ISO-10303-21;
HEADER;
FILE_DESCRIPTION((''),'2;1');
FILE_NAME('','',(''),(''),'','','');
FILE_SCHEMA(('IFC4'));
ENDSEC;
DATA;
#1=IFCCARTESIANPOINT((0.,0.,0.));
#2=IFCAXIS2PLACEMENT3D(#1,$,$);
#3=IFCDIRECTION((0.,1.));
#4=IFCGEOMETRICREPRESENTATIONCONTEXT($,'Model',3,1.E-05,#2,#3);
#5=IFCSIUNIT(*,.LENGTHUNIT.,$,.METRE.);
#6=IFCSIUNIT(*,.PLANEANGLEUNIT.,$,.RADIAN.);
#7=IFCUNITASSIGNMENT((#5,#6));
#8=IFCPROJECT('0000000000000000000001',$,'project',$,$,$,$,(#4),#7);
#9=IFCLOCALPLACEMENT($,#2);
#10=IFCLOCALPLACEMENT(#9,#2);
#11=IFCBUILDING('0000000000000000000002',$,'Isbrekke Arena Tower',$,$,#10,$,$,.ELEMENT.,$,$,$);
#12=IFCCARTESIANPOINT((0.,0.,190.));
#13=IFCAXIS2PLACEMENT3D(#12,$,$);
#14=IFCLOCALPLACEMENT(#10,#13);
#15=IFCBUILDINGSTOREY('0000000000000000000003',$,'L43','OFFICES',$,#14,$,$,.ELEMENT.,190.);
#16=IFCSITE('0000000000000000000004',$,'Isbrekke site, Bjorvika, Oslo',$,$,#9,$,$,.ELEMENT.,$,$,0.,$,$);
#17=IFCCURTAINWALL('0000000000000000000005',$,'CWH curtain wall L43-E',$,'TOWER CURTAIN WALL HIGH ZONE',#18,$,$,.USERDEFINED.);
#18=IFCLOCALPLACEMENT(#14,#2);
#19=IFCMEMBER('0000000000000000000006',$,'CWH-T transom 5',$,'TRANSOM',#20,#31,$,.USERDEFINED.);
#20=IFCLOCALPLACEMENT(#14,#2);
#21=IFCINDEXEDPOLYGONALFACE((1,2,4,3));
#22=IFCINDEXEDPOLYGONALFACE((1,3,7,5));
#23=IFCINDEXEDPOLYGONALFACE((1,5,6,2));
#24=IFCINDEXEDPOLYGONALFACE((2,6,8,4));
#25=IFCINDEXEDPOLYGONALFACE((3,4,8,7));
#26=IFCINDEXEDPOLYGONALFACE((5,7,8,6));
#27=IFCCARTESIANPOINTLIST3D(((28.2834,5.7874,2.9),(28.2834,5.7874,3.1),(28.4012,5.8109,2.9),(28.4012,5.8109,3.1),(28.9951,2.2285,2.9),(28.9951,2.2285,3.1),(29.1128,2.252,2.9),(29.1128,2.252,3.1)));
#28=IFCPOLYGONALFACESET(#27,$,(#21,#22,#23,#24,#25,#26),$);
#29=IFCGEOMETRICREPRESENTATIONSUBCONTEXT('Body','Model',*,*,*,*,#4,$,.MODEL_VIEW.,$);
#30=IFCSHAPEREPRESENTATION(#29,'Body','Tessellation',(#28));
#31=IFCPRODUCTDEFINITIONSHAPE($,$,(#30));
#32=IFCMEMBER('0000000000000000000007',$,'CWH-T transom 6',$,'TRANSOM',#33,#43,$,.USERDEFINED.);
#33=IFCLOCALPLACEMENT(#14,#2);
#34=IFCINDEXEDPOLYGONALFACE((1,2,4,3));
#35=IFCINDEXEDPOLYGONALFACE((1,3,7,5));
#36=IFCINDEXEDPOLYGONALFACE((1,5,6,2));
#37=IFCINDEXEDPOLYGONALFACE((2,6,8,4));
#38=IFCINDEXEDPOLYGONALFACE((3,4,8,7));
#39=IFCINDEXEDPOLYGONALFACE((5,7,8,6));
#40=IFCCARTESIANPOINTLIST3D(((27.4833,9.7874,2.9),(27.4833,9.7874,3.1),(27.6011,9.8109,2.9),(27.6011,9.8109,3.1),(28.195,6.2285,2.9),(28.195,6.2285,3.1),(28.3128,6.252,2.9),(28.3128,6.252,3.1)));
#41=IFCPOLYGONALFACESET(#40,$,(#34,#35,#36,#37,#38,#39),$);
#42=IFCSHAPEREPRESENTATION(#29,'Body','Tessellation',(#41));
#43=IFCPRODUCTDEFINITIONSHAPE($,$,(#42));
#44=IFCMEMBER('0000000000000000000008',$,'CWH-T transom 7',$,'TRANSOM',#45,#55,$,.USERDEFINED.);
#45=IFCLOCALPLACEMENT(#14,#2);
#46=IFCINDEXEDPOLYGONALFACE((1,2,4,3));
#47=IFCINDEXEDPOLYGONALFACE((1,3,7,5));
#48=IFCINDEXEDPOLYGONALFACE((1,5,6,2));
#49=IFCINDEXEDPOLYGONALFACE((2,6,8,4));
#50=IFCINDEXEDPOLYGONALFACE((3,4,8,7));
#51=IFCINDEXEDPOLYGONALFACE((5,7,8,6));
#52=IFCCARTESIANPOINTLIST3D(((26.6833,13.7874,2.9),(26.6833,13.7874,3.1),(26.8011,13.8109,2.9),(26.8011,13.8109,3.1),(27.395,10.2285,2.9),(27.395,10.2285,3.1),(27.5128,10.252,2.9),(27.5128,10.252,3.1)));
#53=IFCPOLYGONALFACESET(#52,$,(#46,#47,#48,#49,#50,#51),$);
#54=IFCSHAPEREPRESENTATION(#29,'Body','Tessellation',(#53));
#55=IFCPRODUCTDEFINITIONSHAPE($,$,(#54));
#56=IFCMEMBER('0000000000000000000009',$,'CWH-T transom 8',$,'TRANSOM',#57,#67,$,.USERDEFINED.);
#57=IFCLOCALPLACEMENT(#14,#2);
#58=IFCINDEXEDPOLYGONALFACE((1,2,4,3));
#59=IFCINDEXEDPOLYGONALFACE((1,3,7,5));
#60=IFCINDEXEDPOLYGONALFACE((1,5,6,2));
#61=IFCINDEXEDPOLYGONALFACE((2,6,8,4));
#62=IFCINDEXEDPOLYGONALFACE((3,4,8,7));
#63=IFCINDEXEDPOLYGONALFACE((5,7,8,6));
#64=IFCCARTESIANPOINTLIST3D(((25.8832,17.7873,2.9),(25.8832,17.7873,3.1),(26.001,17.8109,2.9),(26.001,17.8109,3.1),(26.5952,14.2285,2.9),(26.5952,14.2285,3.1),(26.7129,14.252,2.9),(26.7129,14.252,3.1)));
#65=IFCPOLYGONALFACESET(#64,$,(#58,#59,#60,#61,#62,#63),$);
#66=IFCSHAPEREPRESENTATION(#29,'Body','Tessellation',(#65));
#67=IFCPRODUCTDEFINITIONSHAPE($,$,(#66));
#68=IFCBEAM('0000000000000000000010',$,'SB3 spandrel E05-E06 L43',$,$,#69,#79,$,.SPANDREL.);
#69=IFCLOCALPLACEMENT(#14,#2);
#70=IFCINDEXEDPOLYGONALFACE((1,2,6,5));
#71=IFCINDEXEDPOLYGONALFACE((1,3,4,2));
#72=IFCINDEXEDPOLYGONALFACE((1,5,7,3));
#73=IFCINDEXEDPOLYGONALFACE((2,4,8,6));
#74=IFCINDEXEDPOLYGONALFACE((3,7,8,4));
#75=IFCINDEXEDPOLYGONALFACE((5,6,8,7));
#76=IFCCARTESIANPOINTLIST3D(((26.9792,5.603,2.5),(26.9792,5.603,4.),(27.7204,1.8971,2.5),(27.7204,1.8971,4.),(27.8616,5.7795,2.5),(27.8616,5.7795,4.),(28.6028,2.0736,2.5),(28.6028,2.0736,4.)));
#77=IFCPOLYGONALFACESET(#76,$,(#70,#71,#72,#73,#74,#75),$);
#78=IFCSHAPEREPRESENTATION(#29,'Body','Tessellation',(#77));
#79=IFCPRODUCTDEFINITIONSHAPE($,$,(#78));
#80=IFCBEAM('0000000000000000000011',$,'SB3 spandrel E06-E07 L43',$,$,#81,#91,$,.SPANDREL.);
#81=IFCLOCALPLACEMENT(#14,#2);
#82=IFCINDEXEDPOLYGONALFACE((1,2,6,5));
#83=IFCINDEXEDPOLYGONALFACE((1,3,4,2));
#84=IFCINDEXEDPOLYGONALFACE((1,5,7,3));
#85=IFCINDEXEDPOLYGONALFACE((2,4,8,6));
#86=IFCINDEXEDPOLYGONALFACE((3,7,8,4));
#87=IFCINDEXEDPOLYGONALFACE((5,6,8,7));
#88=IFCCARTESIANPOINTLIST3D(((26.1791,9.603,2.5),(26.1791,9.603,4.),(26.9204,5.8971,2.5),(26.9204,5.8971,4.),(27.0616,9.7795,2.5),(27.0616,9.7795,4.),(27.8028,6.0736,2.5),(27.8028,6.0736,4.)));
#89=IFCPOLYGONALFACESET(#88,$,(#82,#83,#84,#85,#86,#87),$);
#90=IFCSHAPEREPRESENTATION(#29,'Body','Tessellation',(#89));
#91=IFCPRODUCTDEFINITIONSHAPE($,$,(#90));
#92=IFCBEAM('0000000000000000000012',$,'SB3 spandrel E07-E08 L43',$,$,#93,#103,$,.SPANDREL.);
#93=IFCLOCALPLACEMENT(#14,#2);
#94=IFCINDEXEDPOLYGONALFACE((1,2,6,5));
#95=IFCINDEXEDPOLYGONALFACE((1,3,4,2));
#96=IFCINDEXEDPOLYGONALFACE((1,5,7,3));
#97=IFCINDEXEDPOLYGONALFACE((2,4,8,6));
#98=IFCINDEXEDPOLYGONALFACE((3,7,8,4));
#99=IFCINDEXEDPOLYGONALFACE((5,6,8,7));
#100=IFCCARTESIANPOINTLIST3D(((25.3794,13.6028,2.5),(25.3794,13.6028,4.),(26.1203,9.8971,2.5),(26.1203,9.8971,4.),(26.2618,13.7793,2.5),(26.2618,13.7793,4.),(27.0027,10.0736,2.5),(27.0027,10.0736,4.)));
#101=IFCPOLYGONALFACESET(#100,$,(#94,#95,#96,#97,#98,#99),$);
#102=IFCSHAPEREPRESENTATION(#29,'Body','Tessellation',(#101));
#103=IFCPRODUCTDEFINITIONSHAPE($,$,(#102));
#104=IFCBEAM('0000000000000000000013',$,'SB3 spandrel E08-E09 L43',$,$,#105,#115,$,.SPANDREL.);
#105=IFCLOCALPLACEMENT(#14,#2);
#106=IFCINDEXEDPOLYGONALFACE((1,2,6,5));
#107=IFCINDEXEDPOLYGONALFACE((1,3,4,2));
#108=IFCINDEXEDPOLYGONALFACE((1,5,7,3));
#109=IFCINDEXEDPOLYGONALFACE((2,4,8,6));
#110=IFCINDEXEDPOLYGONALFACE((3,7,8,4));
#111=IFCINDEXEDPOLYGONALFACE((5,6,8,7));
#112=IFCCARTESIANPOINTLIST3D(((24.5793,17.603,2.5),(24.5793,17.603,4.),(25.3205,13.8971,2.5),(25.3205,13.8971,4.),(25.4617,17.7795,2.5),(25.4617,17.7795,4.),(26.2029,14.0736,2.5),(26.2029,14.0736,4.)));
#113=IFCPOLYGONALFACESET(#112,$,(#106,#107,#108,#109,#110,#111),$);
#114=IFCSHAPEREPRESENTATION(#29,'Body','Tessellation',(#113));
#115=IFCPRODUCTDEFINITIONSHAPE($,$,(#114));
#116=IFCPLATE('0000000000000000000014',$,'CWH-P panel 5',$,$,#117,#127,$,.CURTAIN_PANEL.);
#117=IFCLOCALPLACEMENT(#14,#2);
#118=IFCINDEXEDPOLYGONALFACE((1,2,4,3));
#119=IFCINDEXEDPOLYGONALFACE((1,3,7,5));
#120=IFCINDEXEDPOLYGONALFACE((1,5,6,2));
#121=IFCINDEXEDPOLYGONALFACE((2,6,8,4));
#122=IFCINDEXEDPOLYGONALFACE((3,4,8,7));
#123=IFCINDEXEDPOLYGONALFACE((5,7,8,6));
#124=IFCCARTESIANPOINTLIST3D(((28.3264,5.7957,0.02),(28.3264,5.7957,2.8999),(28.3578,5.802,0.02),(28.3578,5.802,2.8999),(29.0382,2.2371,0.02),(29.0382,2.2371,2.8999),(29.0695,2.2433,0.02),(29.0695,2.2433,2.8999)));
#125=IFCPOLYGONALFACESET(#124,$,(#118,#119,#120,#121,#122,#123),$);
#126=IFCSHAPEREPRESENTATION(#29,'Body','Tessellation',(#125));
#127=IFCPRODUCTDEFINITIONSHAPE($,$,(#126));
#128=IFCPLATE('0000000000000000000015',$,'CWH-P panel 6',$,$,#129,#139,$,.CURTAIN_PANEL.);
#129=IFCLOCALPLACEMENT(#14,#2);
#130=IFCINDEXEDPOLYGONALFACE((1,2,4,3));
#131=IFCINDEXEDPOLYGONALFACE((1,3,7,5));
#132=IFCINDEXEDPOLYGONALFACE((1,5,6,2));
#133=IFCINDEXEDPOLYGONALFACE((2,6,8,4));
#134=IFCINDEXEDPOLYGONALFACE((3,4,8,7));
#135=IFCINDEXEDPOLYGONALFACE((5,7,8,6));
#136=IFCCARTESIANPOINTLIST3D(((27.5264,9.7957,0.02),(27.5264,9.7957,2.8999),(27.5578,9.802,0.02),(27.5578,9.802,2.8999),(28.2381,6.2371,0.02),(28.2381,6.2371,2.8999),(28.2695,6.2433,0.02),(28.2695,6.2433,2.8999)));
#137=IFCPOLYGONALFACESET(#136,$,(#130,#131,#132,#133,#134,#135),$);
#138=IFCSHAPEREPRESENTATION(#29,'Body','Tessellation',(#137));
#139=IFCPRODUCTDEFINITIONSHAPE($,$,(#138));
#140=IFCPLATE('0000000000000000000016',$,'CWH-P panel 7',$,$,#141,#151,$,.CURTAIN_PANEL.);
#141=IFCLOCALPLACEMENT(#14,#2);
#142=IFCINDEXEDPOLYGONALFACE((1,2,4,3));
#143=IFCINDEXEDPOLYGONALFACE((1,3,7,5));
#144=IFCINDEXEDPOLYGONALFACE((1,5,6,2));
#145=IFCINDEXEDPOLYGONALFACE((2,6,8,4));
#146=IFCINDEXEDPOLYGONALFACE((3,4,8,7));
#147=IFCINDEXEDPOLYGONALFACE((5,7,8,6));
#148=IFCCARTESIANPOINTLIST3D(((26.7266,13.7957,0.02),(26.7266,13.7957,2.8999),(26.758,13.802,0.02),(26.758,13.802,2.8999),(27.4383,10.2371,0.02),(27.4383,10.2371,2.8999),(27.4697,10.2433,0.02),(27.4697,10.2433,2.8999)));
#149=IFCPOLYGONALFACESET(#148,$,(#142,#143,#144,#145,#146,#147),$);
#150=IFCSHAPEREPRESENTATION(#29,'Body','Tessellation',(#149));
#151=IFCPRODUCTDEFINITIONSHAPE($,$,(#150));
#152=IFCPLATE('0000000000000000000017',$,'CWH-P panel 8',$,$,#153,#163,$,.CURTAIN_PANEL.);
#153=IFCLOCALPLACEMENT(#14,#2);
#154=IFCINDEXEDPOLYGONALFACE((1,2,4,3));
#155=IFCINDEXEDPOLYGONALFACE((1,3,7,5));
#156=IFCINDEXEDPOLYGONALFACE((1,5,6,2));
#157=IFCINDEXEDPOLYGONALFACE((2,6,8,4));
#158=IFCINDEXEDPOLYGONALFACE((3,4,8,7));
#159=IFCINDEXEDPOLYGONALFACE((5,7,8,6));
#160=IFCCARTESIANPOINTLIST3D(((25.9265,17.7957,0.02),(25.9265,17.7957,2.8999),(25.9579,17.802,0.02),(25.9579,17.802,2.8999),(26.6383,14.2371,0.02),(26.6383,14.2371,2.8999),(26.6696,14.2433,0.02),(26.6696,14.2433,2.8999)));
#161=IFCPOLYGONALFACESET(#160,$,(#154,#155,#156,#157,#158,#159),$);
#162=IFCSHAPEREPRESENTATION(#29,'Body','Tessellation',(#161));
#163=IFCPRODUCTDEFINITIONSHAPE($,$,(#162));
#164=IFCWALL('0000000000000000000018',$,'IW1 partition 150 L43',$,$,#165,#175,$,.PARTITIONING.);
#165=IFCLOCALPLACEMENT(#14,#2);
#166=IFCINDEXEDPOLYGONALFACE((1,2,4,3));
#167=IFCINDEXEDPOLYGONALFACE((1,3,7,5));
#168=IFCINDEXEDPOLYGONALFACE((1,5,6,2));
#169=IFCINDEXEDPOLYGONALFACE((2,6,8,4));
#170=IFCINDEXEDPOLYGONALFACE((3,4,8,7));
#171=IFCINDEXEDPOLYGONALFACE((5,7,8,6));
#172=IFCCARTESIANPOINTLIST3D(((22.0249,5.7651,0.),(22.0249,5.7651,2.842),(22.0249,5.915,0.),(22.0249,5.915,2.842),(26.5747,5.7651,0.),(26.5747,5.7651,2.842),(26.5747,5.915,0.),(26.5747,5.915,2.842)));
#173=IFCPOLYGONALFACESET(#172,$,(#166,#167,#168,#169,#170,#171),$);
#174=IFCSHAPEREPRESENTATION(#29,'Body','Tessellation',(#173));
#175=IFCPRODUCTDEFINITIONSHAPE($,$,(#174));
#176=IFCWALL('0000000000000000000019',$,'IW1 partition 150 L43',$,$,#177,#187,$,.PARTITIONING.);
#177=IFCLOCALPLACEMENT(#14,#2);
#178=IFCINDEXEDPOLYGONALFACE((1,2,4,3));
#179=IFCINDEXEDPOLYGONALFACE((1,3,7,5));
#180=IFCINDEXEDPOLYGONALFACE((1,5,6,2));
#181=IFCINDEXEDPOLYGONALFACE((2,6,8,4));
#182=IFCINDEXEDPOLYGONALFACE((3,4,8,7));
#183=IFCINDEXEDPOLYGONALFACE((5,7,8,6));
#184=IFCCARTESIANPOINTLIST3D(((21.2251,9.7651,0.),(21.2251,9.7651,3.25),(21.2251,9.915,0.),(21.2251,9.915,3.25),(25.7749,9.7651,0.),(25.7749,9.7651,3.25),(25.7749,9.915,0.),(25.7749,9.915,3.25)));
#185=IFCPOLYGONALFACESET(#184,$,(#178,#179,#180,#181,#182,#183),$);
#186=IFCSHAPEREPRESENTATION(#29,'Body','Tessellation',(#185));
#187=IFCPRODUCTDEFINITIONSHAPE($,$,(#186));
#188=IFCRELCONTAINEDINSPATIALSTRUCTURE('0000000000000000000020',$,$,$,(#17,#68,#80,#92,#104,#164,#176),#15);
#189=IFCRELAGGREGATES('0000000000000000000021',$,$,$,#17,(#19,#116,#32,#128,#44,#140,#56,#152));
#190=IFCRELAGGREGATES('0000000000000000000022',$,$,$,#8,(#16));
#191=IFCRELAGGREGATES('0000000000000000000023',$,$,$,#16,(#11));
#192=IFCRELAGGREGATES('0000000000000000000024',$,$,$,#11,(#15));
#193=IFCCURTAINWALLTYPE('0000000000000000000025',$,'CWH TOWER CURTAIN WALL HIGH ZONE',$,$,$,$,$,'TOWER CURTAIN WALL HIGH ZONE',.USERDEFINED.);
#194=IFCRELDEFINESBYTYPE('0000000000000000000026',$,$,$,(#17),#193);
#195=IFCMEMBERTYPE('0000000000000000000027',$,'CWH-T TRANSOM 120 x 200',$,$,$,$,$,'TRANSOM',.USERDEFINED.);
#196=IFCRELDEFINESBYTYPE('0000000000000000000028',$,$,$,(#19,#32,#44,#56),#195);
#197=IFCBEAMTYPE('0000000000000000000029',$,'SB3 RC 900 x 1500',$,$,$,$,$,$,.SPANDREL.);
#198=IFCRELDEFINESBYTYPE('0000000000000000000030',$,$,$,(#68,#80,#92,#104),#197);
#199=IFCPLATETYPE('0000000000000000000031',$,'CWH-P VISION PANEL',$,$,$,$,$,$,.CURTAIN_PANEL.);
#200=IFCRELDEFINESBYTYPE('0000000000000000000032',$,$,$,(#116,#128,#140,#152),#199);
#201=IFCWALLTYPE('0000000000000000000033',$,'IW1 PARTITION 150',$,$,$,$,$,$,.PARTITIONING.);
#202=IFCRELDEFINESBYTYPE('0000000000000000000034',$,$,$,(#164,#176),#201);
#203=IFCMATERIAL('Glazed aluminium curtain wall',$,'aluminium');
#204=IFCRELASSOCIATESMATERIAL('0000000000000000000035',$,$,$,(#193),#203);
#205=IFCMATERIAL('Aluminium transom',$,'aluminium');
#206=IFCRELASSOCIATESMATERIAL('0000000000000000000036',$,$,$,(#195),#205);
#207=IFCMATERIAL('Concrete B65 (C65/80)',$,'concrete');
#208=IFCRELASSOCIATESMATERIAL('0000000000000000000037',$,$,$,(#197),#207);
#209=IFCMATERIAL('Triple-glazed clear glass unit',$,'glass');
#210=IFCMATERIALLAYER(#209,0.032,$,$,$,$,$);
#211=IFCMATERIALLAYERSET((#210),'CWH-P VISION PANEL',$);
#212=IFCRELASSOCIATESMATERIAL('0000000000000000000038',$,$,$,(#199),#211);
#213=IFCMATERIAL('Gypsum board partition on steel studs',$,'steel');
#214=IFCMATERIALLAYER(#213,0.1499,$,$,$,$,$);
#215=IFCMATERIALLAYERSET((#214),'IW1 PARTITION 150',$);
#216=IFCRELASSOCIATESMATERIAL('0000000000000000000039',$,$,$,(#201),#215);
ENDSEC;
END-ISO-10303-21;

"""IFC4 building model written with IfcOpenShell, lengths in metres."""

from ifc_helpers import new_model, si_unit, direction, frame, frame_2d, origin, origin_2d, place, context, subcontext, project, spatial, rectangle, extrude, material, layer, layer_set, material_profile, profile_set, type_object, element, aggregate, save


model = new_model("IFC4")

# Units and contexts
model_context = context("Model", 3, precision=1e-05, world=origin(), true_north=direction((0.0, 1.0)))
body_context = subcontext(model_context, "Body", "Model", "MODEL_VIEW")
ifc_project = project(units=[si_unit("LENGTHUNIT", "METRE"), si_unit("PLANEANGLEUNIT", "RADIAN")], contexts=[model_context])

# Site, building, storey
site_placement = place(None, origin())
site = spatial("IfcSite", under=ifc_project, at=site_placement, Name="Isbrekke site, Bjorvika, Oslo", CompositionType="ELEMENT", RefElevation=0.0)
building_placement = place(site_placement, origin())
building = spatial("IfcBuilding", under=site, at=building_placement, Name="Isbrekke Arena Tower", CompositionType="ELEMENT")
storey_placement = place(building_placement, frame((0.0, 0.0, 190.0)))
storey = spatial("IfcBuildingStorey", under=building, at=storey_placement, Name="L43", Description="OFFICES", CompositionType="ELEMENT", Elevation=190.0)

# Curtain wall, members
ifc_material_1 = material(Name="Glazed aluminium curtain wall", Category="aluminium")
curtain_wall_type = type_object("IfcCurtainWallType", Name="CWH TOWER CURTAIN WALL HIGH ZONE", ElementType="TOWER CURTAIN WALL HIGH ZONE", PredefinedType="USERDEFINED", material=ifc_material_1)
curtain_wall_placement = place(storey_placement, origin())
curtain_wall = element("IfcCurtainWall", 1, at=curtain_wall_placement, inside=storey, type_object=curtain_wall_type, Name="CWH curtain wall L43-E", ObjectType="TOWER CURTAIN WALL HIGH ZONE", PredefinedType="USERDEFINED")
ifc_material_2 = material(Name="Aluminium transom", Category="aluminium")
ifc_material_profile_1 = material_profile(ifc_material_2, rectangle(XDim=0.1201, YDim=0.2, at=origin_2d()), Name="TRANSOM 120X200")
ifc_profile_set_1 = profile_set([ifc_material_profile_1], Name="Aluminium transom")
member_type_1 = type_object("IfcMemberType", Name="CWH-T TRANSOM 120 x 200", ElementType="TRANSOM", PredefinedType="USERDEFINED", material=ifc_profile_set_1)
member_1_placement = place(storey_placement, frame((29.054, 2.2402, 3.0), z_axis=(-0.19609, 0.980586, 0.0), x_axis=(-0.980586, -0.19609, 0.0)))
member_1 = element("IfcMember", 2, at=member_1_placement, type_object=member_type_1, Name="CWH-T transom 5", ObjectType="TRANSOM", PredefinedType="USERDEFINED", context=body_context, shape_type="SweptSolid", body=[
    extrude(rectangle(XDim=0.1201, YDim=0.2, at=origin_2d()), origin(), (0.0, 0.0, 1.0), 3.6294),
])
member_2_placement = place(storey_placement, frame((28.2539, 6.2402, 3.0), z_axis=(-0.19609, 0.980586, 0.0), x_axis=(-0.980586, -0.19609, 0.0)))
member_2 = element("IfcMember", 3, at=member_2_placement, type_object=member_type_1, Name="CWH-T transom 6", ObjectType="TRANSOM", PredefinedType="USERDEFINED", context=body_context, shape_type="SweptSolid", body=[
    extrude(rectangle(XDim=0.1201, YDim=0.2, at=origin_2d()), origin(), (0.0, 0.0, 1.0), 3.6294),
])
member_3_placement = place(storey_placement, frame((27.4539, 10.2402, 3.0), z_axis=(-0.19609, 0.980586, 0.0), x_axis=(-0.980586, -0.19609, 0.0)))
member_3 = element("IfcMember", 4, at=member_3_placement, type_object=member_type_1, Name="CWH-T transom 7", ObjectType="TRANSOM", PredefinedType="USERDEFINED", context=body_context, shape_type="SweptSolid", body=[
    extrude(rectangle(XDim=0.1201, YDim=0.2, at=origin_2d()), origin(), (0.0, 0.0, 1.0), 3.6294),
])
member_4_placement = place(storey_placement, frame((26.6541, 14.2402, 3.0), z_axis=(-0.196155, 0.980573, 0.0), x_axis=(-0.980573, -0.196155, 0.0)))
member_4 = element("IfcMember", 5, at=member_4_placement, type_object=member_type_1, Name="CWH-T transom 8", ObjectType="TRANSOM", PredefinedType="USERDEFINED", context=body_context, shape_type="SweptSolid", body=[
    extrude(rectangle(XDim=0.1201, YDim=0.2, at=origin_2d()), origin(), (0.0, 0.0, 1.0), 3.6294),
])

# Beams
ifc_material_3 = material(Name="Concrete B65 (C65/80)", Category="concrete")
ifc_material_profile_2 = material_profile(ifc_material_3, rectangle(XDim=0.8999, YDim=1.5, at=origin_2d()), Name="RC 900x1500")
ifc_profile_set_2 = profile_set([ifc_material_profile_2], Name="Concrete B65 (C65/80)")
beam_type_1 = type_object("IfcBeamType", Name="SB3 RC 900 x 1500", PredefinedType="SPANDREL", material=ifc_profile_set_2)
for number, where, z_axis, x_axis, name in (
    (6, (28.1616, 1.9854, 3.25), (-0.196129, 0.980578, 0.0), (-0.980578, -0.196129, 0.0), "SB3 spandrel E05-E06 L43"),
    (7, (27.3616, 5.9854, 3.25), (-0.196129, 0.980578, 0.0), (-0.980578, -0.196129, 0.0), "SB3 spandrel E06-E07 L43"),
):
    element("IfcBeam", number, at=place(storey_placement, frame(where, z_axis=z_axis, x_axis=x_axis)), inside=storey, type_object=beam_type_1, Name=name, PredefinedType="SPANDREL", context=body_context, shape_type="SweptSolid", body=[
        extrude(rectangle(XDim=0.8999, YDim=1.5, at=origin_2d()), origin(), (0.0, 0.0, 1.0), 3.7793),
    ])
beam_1_placement = place(storey_placement, frame((26.5615, 9.9854, 3.25), z_axis=(-0.196066, 0.980591, 0.0), x_axis=(-0.980591, -0.196066, 0.0)))
element("IfcBeam", 8, at=beam_1_placement, inside=storey, type_object=beam_type_1, Name="SB3 spandrel E07-E08 L43", PredefinedType="SPANDREL", context=body_context, shape_type="SweptSolid", body=[
    extrude(rectangle(XDim=0.8999, YDim=1.5, at=origin_2d()), origin(), (0.0, 0.0, 1.0), 3.7791),
])
beam_2_placement = place(storey_placement, frame((25.7617, 13.9854, 3.25), z_axis=(-0.196129, 0.980578, 0.0), x_axis=(-0.980578, -0.196129, 0.0)))
element("IfcBeam", 9, at=beam_2_placement, inside=storey, type_object=beam_type_1, Name="SB3 spandrel E08-E09 L43", PredefinedType="SPANDREL", context=body_context, shape_type="SweptSolid", body=[
    extrude(rectangle(XDim=0.8999, YDim=1.5, at=origin_2d()), origin(), (0.0, 0.0, 1.0), 3.7793),
])

# Plates
ifc_material_4 = material(Name="Triple-glazed clear glass unit", Category="glass")
ifc_layer_1 = layer(ifc_material_4, 0.032)
ifc_layer_set_1 = layer_set([ifc_layer_1], Name="CWH-P VISION PANEL")
plate_type = type_object("IfcPlateType", Name="CWH-P VISION PANEL", PredefinedType="CURTAIN_PANEL", material=ifc_layer_set_1)
plate_1_placement = place(storey_placement, frame((28.698, 4.0195, 0.02), z_axis=(0.0, 0.0, 1.0), x_axis=(-0.196116, 0.980581, 0.0)))
plate_1 = element("IfcPlate", 10, at=plate_1_placement, type_object=plate_type, Name="CWH-P panel 5", PredefinedType="CURTAIN_PANEL", context=body_context, shape_type="SweptSolid", body=[
    extrude(rectangle(XDim=3.6292, YDim=0.032, at=origin_2d()), origin(), (0.0, 0.0, 1.0), 2.8799),
])
plate_2_placement = place(storey_placement, frame((27.8979, 8.0195, 0.02), z_axis=(0.0, 0.0, 1.0), x_axis=(-0.196116, 0.980581, 0.0)))
plate_2 = element("IfcPlate", 11, at=plate_2_placement, type_object=plate_type, Name="CWH-P panel 6", PredefinedType="CURTAIN_PANEL", context=body_context, shape_type="SweptSolid", body=[
    extrude(rectangle(XDim=3.6292, YDim=0.032, at=origin_2d()), origin(), (0.0, 0.0, 1.0), 2.8799),
])
plate_3_placement = place(storey_placement, frame((27.0981, 12.0195, 0.02), z_axis=(0.0, 0.0, 1.0), x_axis=(-0.196116, 0.980581, 0.0)))
plate_3 = element("IfcPlate", 12, at=plate_3_placement, type_object=plate_type, Name="CWH-P panel 7", PredefinedType="CURTAIN_PANEL", context=body_context, shape_type="SweptSolid", body=[
    extrude(rectangle(XDim=3.6292, YDim=0.032, at=origin_2d()), origin(), (0.0, 0.0, 1.0), 2.8799),
])
plate_4_placement = place(storey_placement, frame((26.2981, 16.0195, 0.02), z_axis=(0.0, 0.0, 1.0), x_axis=(-0.196116, 0.980581, 0.0)))
plate_4 = element("IfcPlate", 13, at=plate_4_placement, type_object=plate_type, Name="CWH-P panel 8", PredefinedType="CURTAIN_PANEL", context=body_context, shape_type="SweptSolid", body=[
    extrude(rectangle(XDim=3.6292, YDim=0.032, at=origin_2d()), origin(), (0.0, 0.0, 1.0), 2.8799),
])
aggregate(curtain_wall, [member_1, plate_1, member_2, plate_2, member_3, plate_3, member_4, plate_4])

# Walls
ifc_material_5 = material(Name="Gypsum board partition on steel studs", Category="steel")
ifc_layer_2 = layer(ifc_material_5, 0.1499)
ifc_layer_set_2 = layer_set([ifc_layer_2], Name="IW1 PARTITION 150")
wall_type = type_object("IfcWallType", Name="IW1 PARTITION 150", PredefinedType="PARTITIONING", material=ifc_layer_set_2)
wall_1_placement = place(storey_placement, frame((22.0249, 5.8401, 0.0), z_axis=(0.0, 0.0, 1.0), x_axis=(1.0, 0.0, 0.0)))
element("IfcWall", 14, at=wall_1_placement, inside=storey, type_object=wall_type, Name="IW1 partition 150 L43", PredefinedType="PARTITIONING", context=body_context, shape_type="SweptSolid", body=[
    extrude(rectangle(XDim=4.5498, YDim=0.1499, at=frame_2d((2.2749, 0.0))), origin(), (0.0, 0.0, 1.0), 2.842),
])
for number, where, z_axis, x_axis, name in (
    (15, (21.2251, 9.8401, 0.0), (0.0, 0.0, 1.0), (1.0, 0.0, 0.0), "IW1 partition 150 L43"),
):
    element("IfcWall", number, at=place(storey_placement, frame(where, z_axis=z_axis, x_axis=x_axis)), inside=storey, type_object=wall_type, Name=name, PredefinedType="PARTITIONING", context=body_context, shape_type="SweptSolid", body=[
        extrude(rectangle(XDim=4.5498, YDim=0.1499, at=frame_2d((2.2749, 0.0))), origin(), (0.0, 0.0, 1.0), 3.25),
    ])

save(model, "model.ifc")
